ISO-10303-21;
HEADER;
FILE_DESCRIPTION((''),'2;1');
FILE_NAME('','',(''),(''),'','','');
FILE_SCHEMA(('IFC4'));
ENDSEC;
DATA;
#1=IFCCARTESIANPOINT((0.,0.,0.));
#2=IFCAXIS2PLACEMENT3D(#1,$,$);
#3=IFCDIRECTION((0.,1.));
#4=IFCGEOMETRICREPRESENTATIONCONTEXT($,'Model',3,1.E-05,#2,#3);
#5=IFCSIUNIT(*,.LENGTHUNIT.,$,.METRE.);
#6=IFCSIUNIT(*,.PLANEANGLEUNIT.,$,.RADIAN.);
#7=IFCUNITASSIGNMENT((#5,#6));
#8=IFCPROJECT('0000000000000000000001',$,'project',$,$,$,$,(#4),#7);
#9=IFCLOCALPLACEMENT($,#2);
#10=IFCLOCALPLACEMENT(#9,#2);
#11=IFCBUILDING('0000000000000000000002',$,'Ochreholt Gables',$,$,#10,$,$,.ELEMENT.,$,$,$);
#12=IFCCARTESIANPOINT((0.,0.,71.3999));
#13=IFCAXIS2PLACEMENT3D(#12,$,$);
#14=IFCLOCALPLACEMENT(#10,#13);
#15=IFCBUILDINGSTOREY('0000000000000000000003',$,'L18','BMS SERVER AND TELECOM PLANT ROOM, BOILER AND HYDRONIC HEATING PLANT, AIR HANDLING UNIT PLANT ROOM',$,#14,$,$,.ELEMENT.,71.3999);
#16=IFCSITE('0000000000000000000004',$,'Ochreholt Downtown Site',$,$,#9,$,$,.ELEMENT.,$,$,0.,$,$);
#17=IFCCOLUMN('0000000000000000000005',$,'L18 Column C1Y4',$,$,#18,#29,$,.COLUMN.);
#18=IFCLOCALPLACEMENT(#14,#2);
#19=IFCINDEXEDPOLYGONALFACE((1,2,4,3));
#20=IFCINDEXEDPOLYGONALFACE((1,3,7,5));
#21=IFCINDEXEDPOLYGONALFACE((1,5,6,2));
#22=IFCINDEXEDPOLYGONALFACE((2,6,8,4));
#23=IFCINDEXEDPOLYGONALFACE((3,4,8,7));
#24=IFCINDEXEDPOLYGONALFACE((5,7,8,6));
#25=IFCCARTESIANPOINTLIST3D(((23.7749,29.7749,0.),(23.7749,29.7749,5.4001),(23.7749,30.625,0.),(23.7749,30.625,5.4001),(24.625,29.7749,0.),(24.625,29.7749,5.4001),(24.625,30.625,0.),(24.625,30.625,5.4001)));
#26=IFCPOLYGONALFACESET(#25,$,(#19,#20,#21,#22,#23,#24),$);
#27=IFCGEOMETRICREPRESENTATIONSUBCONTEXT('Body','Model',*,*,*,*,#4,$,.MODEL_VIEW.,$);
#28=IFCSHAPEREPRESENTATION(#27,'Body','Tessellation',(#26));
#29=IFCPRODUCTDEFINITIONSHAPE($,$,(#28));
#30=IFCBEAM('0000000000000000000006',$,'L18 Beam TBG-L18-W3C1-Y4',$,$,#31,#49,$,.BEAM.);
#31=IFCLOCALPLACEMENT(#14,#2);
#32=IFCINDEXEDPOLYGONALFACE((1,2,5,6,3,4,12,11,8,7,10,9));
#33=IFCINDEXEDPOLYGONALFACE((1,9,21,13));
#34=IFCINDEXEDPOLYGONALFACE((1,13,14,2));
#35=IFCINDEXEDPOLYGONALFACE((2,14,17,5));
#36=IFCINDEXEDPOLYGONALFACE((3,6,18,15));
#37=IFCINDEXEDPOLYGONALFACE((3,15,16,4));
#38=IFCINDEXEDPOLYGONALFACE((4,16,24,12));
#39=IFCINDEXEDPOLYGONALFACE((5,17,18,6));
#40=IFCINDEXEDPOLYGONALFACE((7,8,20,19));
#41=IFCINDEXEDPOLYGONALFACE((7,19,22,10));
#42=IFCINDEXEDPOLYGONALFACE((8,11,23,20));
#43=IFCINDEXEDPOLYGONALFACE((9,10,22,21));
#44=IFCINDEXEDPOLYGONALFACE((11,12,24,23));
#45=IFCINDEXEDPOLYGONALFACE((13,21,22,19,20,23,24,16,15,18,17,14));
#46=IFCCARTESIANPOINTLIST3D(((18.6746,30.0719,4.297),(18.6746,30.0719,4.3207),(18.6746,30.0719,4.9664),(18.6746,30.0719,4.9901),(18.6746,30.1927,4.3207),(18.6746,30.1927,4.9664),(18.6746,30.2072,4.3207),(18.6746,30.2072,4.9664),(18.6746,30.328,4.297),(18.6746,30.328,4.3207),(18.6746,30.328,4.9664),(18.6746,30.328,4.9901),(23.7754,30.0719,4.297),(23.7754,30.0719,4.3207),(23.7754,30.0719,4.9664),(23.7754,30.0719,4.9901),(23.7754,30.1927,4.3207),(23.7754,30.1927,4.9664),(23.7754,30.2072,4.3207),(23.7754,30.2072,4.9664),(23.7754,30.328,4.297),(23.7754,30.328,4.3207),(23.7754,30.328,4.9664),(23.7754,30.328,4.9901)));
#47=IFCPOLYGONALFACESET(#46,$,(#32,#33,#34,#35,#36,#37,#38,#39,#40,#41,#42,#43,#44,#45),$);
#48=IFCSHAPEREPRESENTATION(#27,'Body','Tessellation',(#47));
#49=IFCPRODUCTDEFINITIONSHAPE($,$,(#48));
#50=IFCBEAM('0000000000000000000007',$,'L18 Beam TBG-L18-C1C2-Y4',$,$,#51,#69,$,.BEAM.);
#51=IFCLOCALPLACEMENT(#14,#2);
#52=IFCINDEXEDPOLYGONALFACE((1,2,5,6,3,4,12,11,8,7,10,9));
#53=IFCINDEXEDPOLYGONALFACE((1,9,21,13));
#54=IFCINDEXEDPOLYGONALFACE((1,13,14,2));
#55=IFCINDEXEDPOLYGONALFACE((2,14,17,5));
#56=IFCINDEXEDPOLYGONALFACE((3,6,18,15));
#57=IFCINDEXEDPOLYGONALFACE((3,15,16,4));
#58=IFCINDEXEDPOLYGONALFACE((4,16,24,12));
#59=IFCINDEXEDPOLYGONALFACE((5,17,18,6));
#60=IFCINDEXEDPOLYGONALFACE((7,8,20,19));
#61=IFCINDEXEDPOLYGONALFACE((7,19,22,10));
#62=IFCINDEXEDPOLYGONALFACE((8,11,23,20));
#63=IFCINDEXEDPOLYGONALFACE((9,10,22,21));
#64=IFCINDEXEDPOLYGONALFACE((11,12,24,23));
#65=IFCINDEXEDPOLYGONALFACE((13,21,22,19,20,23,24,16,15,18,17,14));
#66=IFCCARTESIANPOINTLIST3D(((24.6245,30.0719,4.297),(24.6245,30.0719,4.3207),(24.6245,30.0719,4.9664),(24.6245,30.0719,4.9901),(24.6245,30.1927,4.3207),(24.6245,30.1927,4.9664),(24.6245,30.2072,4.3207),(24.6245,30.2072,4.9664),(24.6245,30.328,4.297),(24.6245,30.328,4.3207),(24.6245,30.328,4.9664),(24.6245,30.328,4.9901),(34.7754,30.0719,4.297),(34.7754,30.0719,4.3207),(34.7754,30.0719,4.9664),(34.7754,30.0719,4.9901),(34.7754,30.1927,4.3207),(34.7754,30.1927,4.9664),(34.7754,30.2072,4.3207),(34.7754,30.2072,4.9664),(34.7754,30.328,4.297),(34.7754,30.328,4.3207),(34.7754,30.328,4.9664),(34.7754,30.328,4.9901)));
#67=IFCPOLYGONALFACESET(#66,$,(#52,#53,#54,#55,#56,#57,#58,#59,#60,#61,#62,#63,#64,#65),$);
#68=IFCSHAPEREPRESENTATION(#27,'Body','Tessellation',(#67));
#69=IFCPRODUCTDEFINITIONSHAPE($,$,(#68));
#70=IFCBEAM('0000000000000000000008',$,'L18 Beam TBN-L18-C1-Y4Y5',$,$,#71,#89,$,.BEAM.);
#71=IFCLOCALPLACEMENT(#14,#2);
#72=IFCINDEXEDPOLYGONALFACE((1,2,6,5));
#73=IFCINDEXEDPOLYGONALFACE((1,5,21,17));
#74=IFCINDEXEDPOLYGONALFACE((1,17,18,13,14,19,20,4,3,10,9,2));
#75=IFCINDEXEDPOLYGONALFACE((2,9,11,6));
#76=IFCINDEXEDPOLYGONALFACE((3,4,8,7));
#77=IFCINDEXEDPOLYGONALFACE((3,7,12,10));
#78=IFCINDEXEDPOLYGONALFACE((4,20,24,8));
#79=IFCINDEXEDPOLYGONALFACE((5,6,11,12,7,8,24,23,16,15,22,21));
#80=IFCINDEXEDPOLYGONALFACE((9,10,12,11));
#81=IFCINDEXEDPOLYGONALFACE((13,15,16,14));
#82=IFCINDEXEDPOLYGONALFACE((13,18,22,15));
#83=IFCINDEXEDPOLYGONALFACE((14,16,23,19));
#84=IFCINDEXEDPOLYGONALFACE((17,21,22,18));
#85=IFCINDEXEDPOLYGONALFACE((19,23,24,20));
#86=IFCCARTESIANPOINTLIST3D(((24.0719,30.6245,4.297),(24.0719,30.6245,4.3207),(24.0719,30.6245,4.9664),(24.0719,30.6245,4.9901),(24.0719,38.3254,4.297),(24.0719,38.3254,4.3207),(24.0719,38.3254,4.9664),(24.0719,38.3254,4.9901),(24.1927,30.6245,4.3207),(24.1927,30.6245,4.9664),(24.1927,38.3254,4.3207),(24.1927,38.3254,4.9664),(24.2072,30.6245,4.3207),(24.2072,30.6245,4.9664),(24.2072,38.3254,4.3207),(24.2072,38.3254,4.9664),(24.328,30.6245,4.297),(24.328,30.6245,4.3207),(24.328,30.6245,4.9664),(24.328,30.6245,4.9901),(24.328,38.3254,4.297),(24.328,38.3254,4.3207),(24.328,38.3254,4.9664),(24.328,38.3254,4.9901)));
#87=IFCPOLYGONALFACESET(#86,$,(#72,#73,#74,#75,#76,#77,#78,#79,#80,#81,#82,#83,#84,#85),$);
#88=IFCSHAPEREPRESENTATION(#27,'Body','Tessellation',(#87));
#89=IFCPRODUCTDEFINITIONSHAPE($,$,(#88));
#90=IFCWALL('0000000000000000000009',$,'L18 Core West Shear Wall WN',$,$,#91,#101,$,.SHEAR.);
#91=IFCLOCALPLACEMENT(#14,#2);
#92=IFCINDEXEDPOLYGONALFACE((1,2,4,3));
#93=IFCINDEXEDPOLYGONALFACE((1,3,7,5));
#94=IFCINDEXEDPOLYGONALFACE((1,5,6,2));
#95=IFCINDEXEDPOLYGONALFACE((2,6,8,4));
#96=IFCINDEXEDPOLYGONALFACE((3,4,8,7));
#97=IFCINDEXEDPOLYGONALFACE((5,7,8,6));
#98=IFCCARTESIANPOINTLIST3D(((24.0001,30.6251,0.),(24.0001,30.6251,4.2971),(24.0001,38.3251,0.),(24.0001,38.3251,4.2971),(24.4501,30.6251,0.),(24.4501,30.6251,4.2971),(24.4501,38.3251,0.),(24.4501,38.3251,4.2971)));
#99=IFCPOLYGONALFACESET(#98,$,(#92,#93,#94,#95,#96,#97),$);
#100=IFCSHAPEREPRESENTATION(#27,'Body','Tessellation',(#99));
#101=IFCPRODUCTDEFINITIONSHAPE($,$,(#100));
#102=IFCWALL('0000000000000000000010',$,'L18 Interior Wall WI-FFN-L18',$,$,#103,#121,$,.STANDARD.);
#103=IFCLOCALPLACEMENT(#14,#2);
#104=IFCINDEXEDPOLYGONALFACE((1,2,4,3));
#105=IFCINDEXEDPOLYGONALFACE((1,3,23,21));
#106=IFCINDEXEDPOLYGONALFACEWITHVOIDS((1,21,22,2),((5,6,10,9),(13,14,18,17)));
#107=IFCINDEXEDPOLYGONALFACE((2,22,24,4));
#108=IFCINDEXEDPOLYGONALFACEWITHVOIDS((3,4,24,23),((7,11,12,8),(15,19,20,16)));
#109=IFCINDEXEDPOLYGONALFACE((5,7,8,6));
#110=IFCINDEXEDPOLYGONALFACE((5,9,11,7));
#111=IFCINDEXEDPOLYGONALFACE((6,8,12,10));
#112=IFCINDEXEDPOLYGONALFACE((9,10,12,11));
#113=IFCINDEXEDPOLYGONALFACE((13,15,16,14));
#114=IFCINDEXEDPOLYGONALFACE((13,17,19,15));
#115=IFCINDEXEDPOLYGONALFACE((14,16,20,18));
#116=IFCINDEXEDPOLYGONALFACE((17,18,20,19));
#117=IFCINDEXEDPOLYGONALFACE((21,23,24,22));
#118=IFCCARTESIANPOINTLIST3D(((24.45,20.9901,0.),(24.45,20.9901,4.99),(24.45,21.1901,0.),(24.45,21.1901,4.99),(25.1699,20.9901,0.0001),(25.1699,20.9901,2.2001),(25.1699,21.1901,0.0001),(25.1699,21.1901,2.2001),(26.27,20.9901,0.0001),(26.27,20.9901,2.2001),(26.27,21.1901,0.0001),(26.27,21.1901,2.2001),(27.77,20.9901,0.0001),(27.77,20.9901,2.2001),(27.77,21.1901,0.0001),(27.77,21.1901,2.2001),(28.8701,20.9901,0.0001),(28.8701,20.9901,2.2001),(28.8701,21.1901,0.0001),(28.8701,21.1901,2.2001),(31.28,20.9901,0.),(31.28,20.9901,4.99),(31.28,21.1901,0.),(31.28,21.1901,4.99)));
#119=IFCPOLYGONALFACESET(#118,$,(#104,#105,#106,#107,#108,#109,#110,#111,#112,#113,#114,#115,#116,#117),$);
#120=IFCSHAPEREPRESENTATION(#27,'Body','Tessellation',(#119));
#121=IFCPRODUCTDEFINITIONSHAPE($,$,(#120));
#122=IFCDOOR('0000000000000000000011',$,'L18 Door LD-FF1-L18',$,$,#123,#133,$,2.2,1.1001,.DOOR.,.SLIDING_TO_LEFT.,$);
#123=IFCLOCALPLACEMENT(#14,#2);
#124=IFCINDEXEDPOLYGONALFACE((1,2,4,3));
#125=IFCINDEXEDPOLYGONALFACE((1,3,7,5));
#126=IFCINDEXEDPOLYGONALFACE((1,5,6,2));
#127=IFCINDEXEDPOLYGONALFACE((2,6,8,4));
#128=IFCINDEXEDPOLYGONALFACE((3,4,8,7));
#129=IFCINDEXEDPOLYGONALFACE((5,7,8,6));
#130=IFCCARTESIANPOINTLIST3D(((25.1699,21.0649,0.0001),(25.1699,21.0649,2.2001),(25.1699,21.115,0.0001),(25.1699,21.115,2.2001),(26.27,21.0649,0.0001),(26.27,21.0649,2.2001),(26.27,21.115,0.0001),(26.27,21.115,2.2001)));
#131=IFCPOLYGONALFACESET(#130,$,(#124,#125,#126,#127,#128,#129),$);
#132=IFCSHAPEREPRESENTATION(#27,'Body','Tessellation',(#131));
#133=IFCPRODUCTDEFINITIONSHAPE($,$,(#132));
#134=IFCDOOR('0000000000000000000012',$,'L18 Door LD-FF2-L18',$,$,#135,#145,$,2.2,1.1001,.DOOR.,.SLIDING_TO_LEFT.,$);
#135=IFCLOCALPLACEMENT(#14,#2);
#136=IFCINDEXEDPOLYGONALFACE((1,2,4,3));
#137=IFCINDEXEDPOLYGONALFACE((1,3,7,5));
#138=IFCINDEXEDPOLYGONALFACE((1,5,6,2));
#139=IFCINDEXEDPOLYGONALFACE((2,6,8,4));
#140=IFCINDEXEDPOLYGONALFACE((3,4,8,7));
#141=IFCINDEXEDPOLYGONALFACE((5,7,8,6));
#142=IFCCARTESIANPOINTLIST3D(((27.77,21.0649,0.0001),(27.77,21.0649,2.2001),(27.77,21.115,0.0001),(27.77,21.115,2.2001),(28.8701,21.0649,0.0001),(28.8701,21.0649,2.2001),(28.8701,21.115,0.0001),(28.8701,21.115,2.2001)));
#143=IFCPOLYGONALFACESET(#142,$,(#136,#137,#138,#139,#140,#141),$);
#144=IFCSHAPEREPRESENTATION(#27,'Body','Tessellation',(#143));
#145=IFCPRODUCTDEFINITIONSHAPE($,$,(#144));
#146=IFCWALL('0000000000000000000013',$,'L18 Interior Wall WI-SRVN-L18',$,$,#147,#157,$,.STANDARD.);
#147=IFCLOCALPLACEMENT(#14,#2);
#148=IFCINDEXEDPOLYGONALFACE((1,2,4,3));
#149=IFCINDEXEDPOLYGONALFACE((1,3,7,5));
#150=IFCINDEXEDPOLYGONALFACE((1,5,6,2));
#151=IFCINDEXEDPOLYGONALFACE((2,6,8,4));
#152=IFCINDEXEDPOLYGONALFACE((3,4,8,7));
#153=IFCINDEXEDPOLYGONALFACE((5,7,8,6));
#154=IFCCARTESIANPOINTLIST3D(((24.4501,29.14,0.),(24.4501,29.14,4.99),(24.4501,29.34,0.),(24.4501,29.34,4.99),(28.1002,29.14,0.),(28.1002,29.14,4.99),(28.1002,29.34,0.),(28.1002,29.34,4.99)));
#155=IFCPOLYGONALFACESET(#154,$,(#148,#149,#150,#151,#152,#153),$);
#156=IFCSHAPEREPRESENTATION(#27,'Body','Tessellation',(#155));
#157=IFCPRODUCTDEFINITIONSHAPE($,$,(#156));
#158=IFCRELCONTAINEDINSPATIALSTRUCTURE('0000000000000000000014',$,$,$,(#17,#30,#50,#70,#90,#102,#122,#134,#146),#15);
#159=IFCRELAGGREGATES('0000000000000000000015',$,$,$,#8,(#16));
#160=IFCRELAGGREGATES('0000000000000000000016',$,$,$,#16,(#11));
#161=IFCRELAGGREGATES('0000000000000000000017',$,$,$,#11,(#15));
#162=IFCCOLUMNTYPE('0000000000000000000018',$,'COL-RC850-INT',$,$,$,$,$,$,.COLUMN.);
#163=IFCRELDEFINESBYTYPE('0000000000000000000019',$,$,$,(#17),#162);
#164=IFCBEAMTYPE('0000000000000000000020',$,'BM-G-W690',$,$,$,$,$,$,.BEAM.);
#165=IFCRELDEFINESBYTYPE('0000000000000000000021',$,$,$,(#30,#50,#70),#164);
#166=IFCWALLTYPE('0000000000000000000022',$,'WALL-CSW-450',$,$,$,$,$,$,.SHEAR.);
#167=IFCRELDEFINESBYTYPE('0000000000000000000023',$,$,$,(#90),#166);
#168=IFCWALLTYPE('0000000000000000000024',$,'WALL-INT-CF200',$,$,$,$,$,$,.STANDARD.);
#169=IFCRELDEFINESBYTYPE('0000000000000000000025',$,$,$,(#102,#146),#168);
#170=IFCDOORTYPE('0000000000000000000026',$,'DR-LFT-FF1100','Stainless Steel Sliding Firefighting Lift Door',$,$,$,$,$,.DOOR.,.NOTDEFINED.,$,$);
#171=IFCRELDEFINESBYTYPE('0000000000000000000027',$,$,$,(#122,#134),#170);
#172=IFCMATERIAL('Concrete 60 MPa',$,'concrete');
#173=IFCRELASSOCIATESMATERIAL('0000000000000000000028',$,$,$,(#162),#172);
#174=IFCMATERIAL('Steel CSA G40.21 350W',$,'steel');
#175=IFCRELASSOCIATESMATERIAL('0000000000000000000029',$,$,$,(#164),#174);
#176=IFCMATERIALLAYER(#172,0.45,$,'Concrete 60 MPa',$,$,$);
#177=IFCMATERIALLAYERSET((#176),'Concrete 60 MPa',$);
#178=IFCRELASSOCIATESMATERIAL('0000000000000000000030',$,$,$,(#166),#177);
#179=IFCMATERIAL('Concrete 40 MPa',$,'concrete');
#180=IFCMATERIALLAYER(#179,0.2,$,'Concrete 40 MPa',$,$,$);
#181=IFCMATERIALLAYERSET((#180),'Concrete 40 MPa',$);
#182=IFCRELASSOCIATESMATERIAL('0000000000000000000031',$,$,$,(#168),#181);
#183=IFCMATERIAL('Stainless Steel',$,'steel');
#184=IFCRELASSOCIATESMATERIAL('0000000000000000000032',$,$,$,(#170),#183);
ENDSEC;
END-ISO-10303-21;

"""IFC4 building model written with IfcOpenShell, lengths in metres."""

from ifc_helpers import new_model, si_unit, direction, frame, frame_2d, origin, origin_2d, place, context, subcontext, project, spatial, rectangle, i_section, extrude, material, layer, layer_set, material_profile, profile_set, type_object, element, fill, save


model = new_model("IFC4")

# Units and contexts
model_context = context("Model", 3, precision=1e-05, world=origin(), true_north=direction((0.0, 1.0)))
body_context = subcontext(model_context, "Body", "Model", "MODEL_VIEW")
ifc_project = project(units=[si_unit("LENGTHUNIT", "METRE"), si_unit("PLANEANGLEUNIT", "RADIAN")], contexts=[model_context])

# Site, building, storey
site_placement = place(None, origin())
site = spatial("IfcSite", under=ifc_project, at=site_placement, Name="Ochreholt Downtown Site", CompositionType="ELEMENT", RefElevation=0.0)
building_placement = place(site_placement, origin())
building = spatial("IfcBuilding", under=site, at=building_placement, Name="Ochreholt Gables", CompositionType="ELEMENT")
storey_placement = place(building_placement, frame((0.0, 0.0, 71.3999)))
storey = spatial("IfcBuildingStorey", under=building, at=storey_placement, Name="L18", Description="BMS SERVER AND TELECOM PLANT ROOM, BOILER AND HYDRONIC HEATING PLANT, AIR HANDLING UNIT PLANT ROOM", CompositionType="ELEMENT", Elevation=71.3999)

# Column
ifc_material_1 = material(Name="Concrete 60 MPa", Category="concrete")
ifc_material_profile_1 = material_profile(ifc_material_1, rectangle(XDim=0.8501, YDim=0.8501, at=origin_2d()), Name="RC850X850")
ifc_profile_set_1 = profile_set([ifc_material_profile_1], Name="Concrete 60 MPa")
column_type = type_object("IfcColumnType", Name="COL-RC850-INT", PredefinedType="COLUMN", material=ifc_profile_set_1)
column_placement = place(storey_placement, frame((24.2, 30.2, 0.0), z_axis=(0.0, 0.0, 1.0), x_axis=(1.0, 0.0, 0.0)))
element("IfcColumn", 1, at=column_placement, inside=storey, type_object=column_type, Name="L18 Column C1Y4", PredefinedType="COLUMN", context=body_context, shape_type="SweptSolid", body=[
    extrude(rectangle(XDim=0.8501, YDim=0.8501, at=origin_2d()), origin(), (0.0, 0.0, 1.0), 5.4001),
])

# Beams
ifc_material_2 = material(Name="Steel CSA G40.21 350W", Category="steel")
ifc_material_profile_2 = material_profile(ifc_material_2, i_section(OverallWidth=0.2561, OverallDepth=0.6931, WebThickness=0.0144, FlangeThickness=0.0237, at=origin_2d()), Name="W690X170")
ifc_profile_set_2 = profile_set([ifc_material_profile_2], Name="Steel CSA G40.21 350W")
beam_type = type_object("IfcBeamType", Name="BM-G-W690", PredefinedType="BEAM", material=ifc_profile_set_2)
beam_1_placement = place(storey_placement, frame((18.6746, 30.2, 4.6436), z_axis=(1.0, 0.0, 0.0), x_axis=(0.0, 1.0, 0.0)))
element("IfcBeam", 2, at=beam_1_placement, inside=storey, type_object=beam_type, Name="L18 Beam TBG-L18-W3C1-Y4", PredefinedType="BEAM", context=body_context, shape_type="SweptSolid", body=[
    extrude(i_section(OverallWidth=0.2561, OverallDepth=0.6931, WebThickness=0.0144, FlangeThickness=0.0237, at=origin_2d()), origin(), (0.0, 0.0, 1.0), 5.1008),
])
beam_2_placement = place(storey_placement, frame((24.6245, 30.2, 4.6436), z_axis=(1.0, 0.0, 0.0), x_axis=(0.0, 1.0, 0.0)))
element("IfcBeam", 3, at=beam_2_placement, inside=storey, type_object=beam_type, Name="L18 Beam TBG-L18-C1C2-Y4", PredefinedType="BEAM", context=body_context, shape_type="SweptSolid", body=[
    extrude(i_section(OverallWidth=0.2561, OverallDepth=0.6931, WebThickness=0.0144, FlangeThickness=0.0237, at=origin_2d()), origin(), (0.0, 0.0, 1.0), 10.1509),
])
beam_3_placement = place(storey_placement, frame((24.2, 30.6245, 4.6436), z_axis=(0.0, 1.0, 0.0), x_axis=(-1.0, 0.0, 0.0)))
element("IfcBeam", 4, at=beam_3_placement, inside=storey, type_object=beam_type, Name="L18 Beam TBN-L18-C1-Y4Y5", PredefinedType="BEAM", context=body_context, shape_type="SweptSolid", body=[
    extrude(i_section(OverallWidth=0.2561, OverallDepth=0.6931, WebThickness=0.0144, FlangeThickness=0.0237, at=origin_2d()), origin(), (0.0, 0.0, 1.0), 7.7009),
])

# Wall
ifc_layer_1 = layer(ifc_material_1, 0.45, Name="Concrete 60 MPa")
ifc_layer_set_1 = layer_set([ifc_layer_1], Name="Concrete 60 MPa")
wall_type_1 = type_object("IfcWallType", Name="WALL-CSW-450", PredefinedType="SHEAR", material=ifc_layer_set_1)
wall_1_placement = place(storey_placement, frame((24.2251, 30.625, 0.0), z_axis=(0.0, 0.0, 1.0), x_axis=(0.0, 1.0, 0.0)))
element("IfcWall", 5, at=wall_1_placement, inside=storey, type_object=wall_type_1, Name="L18 Core West Shear Wall WN", PredefinedType="SHEAR", context=body_context, shape_type="SweptSolid", body=[
    extrude(rectangle(XDim=7.7, YDim=0.45, at=frame_2d((3.8501, 0.0))), origin(), (0.0, 0.0, 1.0), 4.2971),
])

# Wall, openings, doors
ifc_material_3 = material(Name="Concrete 40 MPa", Category="concrete")
ifc_layer_2 = layer(ifc_material_3, 0.2, Name="Concrete 40 MPa")
ifc_layer_set_2 = layer_set([ifc_layer_2], Name="Concrete 40 MPa")
wall_type_2 = type_object("IfcWallType", Name="WALL-INT-CF200", PredefinedType="STANDARD", material=ifc_layer_set_2)
wall_2_placement = place(storey_placement, frame((24.45, 21.0901, 0.0), z_axis=(0.0, 0.0, 1.0), x_axis=(1.0, 0.0, 0.0)))
wall_2 = element("IfcWall", 6, at=wall_2_placement, inside=storey, type_object=wall_type_2, Name="L18 Interior Wall WI-FFN-L18", PredefinedType="STANDARD", context=body_context, shape_type="SweptSolid", body=[
    extrude(rectangle(XDim=6.8301, YDim=0.2, at=frame_2d((3.415, 0.0))), origin(), (0.0, 0.0, 1.0), 4.99),
])
opening_1_placement = place(wall_2_placement, frame((0.72, 0.0, 0.0)))
opening_1 = element("IfcOpeningElement", 7, at=opening_1_placement, cuts=wall_2, PredefinedType="OPENING", context=body_context, shape_type="SweptSolid", body=[
    extrude(rectangle(XDim=1.1001, YDim=2.2, at=frame_2d((0.55, 1.1001))), frame((0.0, 0.1099, 0.0), z_axis=(0.0, -1.0, 0.0), x_axis=(1.0, 0.0, 0.0)), (0.0, 0.0, 1.0), 0.22),
])
opening_2_placement = place(wall_2_placement, frame((3.3201, 0.0, 0.0)))
opening_2 = element("IfcOpeningElement", 8, at=opening_2_placement, cuts=wall_2, PredefinedType="OPENING", context=body_context, shape_type="SweptSolid", body=[
    extrude(rectangle(XDim=1.1001, YDim=2.2, at=frame_2d((0.55, 1.1001))), frame((0.0, 0.1099, 0.0), z_axis=(0.0, -1.0, 0.0), x_axis=(1.0, 0.0, 0.0)), (0.0, 0.0, 1.0), 0.22),
])
ifc_material_4 = material(Name="Stainless Steel", Category="steel")
door_type_1 = type_object("IfcDoorType", Name="DR-LFT-FF1100", Description="Stainless Steel Sliding Firefighting Lift Door", OperationType="NOTDEFINED", PredefinedType="DOOR", material=ifc_material_4)
door_1_placement = place(opening_1_placement, origin())
door_1 = element("IfcDoor", 9, at=door_1_placement, inside=storey, type_object=door_type_1, Name="L18 Door LD-FF1-L18", OperationType="SLIDING_TO_LEFT", OverallHeight=2.2, OverallWidth=1.1001, PredefinedType="DOOR", context=body_context, shape_type="SweptSolid", body=[
    extrude(rectangle(XDim=1.1001, YDim=2.2, at=frame_2d((0.55, 1.1001))), frame((0.0, 0.0249, 0.0), z_axis=(0.0, -1.0, 0.0), x_axis=(1.0, 0.0, 0.0)), (0.0, 0.0, 1.0), 0.05),
])
fill(opening_1, door_1)
door_2_placement = place(opening_2_placement, origin())
door_2 = element("IfcDoor", 10, at=door_2_placement, inside=storey, type_object=door_type_1, Name="L18 Door LD-FF2-L18", OperationType="SLIDING_TO_LEFT", OverallHeight=2.2, OverallWidth=1.1001, PredefinedType="DOOR", context=body_context, shape_type="SweptSolid", body=[
    extrude(rectangle(XDim=1.1001, YDim=2.2, at=frame_2d((0.55, 1.1001))), frame((0.0, 0.0249, 0.0), z_axis=(0.0, -1.0, 0.0), x_axis=(1.0, 0.0, 0.0)), (0.0, 0.0, 1.0), 0.05),
])
fill(opening_2, door_2)

# Wall
wall_3_placement = place(storey_placement, frame((24.45, 29.24, 0.0), z_axis=(0.0, 0.0, 1.0), x_axis=(1.0, 0.0, 0.0)))
element("IfcWall", 11, at=wall_3_placement, inside=storey, type_object=wall_type_2, Name="L18 Interior Wall WI-SRVN-L18", PredefinedType="STANDARD", context=body_context, shape_type="SweptSolid", body=[
    extrude(rectangle(XDim=3.6501, YDim=0.2, at=frame_2d((1.8252, 0.0))), origin(), (0.0, 0.0, 1.0), 4.99),
])

save(model, "model.ifc")
